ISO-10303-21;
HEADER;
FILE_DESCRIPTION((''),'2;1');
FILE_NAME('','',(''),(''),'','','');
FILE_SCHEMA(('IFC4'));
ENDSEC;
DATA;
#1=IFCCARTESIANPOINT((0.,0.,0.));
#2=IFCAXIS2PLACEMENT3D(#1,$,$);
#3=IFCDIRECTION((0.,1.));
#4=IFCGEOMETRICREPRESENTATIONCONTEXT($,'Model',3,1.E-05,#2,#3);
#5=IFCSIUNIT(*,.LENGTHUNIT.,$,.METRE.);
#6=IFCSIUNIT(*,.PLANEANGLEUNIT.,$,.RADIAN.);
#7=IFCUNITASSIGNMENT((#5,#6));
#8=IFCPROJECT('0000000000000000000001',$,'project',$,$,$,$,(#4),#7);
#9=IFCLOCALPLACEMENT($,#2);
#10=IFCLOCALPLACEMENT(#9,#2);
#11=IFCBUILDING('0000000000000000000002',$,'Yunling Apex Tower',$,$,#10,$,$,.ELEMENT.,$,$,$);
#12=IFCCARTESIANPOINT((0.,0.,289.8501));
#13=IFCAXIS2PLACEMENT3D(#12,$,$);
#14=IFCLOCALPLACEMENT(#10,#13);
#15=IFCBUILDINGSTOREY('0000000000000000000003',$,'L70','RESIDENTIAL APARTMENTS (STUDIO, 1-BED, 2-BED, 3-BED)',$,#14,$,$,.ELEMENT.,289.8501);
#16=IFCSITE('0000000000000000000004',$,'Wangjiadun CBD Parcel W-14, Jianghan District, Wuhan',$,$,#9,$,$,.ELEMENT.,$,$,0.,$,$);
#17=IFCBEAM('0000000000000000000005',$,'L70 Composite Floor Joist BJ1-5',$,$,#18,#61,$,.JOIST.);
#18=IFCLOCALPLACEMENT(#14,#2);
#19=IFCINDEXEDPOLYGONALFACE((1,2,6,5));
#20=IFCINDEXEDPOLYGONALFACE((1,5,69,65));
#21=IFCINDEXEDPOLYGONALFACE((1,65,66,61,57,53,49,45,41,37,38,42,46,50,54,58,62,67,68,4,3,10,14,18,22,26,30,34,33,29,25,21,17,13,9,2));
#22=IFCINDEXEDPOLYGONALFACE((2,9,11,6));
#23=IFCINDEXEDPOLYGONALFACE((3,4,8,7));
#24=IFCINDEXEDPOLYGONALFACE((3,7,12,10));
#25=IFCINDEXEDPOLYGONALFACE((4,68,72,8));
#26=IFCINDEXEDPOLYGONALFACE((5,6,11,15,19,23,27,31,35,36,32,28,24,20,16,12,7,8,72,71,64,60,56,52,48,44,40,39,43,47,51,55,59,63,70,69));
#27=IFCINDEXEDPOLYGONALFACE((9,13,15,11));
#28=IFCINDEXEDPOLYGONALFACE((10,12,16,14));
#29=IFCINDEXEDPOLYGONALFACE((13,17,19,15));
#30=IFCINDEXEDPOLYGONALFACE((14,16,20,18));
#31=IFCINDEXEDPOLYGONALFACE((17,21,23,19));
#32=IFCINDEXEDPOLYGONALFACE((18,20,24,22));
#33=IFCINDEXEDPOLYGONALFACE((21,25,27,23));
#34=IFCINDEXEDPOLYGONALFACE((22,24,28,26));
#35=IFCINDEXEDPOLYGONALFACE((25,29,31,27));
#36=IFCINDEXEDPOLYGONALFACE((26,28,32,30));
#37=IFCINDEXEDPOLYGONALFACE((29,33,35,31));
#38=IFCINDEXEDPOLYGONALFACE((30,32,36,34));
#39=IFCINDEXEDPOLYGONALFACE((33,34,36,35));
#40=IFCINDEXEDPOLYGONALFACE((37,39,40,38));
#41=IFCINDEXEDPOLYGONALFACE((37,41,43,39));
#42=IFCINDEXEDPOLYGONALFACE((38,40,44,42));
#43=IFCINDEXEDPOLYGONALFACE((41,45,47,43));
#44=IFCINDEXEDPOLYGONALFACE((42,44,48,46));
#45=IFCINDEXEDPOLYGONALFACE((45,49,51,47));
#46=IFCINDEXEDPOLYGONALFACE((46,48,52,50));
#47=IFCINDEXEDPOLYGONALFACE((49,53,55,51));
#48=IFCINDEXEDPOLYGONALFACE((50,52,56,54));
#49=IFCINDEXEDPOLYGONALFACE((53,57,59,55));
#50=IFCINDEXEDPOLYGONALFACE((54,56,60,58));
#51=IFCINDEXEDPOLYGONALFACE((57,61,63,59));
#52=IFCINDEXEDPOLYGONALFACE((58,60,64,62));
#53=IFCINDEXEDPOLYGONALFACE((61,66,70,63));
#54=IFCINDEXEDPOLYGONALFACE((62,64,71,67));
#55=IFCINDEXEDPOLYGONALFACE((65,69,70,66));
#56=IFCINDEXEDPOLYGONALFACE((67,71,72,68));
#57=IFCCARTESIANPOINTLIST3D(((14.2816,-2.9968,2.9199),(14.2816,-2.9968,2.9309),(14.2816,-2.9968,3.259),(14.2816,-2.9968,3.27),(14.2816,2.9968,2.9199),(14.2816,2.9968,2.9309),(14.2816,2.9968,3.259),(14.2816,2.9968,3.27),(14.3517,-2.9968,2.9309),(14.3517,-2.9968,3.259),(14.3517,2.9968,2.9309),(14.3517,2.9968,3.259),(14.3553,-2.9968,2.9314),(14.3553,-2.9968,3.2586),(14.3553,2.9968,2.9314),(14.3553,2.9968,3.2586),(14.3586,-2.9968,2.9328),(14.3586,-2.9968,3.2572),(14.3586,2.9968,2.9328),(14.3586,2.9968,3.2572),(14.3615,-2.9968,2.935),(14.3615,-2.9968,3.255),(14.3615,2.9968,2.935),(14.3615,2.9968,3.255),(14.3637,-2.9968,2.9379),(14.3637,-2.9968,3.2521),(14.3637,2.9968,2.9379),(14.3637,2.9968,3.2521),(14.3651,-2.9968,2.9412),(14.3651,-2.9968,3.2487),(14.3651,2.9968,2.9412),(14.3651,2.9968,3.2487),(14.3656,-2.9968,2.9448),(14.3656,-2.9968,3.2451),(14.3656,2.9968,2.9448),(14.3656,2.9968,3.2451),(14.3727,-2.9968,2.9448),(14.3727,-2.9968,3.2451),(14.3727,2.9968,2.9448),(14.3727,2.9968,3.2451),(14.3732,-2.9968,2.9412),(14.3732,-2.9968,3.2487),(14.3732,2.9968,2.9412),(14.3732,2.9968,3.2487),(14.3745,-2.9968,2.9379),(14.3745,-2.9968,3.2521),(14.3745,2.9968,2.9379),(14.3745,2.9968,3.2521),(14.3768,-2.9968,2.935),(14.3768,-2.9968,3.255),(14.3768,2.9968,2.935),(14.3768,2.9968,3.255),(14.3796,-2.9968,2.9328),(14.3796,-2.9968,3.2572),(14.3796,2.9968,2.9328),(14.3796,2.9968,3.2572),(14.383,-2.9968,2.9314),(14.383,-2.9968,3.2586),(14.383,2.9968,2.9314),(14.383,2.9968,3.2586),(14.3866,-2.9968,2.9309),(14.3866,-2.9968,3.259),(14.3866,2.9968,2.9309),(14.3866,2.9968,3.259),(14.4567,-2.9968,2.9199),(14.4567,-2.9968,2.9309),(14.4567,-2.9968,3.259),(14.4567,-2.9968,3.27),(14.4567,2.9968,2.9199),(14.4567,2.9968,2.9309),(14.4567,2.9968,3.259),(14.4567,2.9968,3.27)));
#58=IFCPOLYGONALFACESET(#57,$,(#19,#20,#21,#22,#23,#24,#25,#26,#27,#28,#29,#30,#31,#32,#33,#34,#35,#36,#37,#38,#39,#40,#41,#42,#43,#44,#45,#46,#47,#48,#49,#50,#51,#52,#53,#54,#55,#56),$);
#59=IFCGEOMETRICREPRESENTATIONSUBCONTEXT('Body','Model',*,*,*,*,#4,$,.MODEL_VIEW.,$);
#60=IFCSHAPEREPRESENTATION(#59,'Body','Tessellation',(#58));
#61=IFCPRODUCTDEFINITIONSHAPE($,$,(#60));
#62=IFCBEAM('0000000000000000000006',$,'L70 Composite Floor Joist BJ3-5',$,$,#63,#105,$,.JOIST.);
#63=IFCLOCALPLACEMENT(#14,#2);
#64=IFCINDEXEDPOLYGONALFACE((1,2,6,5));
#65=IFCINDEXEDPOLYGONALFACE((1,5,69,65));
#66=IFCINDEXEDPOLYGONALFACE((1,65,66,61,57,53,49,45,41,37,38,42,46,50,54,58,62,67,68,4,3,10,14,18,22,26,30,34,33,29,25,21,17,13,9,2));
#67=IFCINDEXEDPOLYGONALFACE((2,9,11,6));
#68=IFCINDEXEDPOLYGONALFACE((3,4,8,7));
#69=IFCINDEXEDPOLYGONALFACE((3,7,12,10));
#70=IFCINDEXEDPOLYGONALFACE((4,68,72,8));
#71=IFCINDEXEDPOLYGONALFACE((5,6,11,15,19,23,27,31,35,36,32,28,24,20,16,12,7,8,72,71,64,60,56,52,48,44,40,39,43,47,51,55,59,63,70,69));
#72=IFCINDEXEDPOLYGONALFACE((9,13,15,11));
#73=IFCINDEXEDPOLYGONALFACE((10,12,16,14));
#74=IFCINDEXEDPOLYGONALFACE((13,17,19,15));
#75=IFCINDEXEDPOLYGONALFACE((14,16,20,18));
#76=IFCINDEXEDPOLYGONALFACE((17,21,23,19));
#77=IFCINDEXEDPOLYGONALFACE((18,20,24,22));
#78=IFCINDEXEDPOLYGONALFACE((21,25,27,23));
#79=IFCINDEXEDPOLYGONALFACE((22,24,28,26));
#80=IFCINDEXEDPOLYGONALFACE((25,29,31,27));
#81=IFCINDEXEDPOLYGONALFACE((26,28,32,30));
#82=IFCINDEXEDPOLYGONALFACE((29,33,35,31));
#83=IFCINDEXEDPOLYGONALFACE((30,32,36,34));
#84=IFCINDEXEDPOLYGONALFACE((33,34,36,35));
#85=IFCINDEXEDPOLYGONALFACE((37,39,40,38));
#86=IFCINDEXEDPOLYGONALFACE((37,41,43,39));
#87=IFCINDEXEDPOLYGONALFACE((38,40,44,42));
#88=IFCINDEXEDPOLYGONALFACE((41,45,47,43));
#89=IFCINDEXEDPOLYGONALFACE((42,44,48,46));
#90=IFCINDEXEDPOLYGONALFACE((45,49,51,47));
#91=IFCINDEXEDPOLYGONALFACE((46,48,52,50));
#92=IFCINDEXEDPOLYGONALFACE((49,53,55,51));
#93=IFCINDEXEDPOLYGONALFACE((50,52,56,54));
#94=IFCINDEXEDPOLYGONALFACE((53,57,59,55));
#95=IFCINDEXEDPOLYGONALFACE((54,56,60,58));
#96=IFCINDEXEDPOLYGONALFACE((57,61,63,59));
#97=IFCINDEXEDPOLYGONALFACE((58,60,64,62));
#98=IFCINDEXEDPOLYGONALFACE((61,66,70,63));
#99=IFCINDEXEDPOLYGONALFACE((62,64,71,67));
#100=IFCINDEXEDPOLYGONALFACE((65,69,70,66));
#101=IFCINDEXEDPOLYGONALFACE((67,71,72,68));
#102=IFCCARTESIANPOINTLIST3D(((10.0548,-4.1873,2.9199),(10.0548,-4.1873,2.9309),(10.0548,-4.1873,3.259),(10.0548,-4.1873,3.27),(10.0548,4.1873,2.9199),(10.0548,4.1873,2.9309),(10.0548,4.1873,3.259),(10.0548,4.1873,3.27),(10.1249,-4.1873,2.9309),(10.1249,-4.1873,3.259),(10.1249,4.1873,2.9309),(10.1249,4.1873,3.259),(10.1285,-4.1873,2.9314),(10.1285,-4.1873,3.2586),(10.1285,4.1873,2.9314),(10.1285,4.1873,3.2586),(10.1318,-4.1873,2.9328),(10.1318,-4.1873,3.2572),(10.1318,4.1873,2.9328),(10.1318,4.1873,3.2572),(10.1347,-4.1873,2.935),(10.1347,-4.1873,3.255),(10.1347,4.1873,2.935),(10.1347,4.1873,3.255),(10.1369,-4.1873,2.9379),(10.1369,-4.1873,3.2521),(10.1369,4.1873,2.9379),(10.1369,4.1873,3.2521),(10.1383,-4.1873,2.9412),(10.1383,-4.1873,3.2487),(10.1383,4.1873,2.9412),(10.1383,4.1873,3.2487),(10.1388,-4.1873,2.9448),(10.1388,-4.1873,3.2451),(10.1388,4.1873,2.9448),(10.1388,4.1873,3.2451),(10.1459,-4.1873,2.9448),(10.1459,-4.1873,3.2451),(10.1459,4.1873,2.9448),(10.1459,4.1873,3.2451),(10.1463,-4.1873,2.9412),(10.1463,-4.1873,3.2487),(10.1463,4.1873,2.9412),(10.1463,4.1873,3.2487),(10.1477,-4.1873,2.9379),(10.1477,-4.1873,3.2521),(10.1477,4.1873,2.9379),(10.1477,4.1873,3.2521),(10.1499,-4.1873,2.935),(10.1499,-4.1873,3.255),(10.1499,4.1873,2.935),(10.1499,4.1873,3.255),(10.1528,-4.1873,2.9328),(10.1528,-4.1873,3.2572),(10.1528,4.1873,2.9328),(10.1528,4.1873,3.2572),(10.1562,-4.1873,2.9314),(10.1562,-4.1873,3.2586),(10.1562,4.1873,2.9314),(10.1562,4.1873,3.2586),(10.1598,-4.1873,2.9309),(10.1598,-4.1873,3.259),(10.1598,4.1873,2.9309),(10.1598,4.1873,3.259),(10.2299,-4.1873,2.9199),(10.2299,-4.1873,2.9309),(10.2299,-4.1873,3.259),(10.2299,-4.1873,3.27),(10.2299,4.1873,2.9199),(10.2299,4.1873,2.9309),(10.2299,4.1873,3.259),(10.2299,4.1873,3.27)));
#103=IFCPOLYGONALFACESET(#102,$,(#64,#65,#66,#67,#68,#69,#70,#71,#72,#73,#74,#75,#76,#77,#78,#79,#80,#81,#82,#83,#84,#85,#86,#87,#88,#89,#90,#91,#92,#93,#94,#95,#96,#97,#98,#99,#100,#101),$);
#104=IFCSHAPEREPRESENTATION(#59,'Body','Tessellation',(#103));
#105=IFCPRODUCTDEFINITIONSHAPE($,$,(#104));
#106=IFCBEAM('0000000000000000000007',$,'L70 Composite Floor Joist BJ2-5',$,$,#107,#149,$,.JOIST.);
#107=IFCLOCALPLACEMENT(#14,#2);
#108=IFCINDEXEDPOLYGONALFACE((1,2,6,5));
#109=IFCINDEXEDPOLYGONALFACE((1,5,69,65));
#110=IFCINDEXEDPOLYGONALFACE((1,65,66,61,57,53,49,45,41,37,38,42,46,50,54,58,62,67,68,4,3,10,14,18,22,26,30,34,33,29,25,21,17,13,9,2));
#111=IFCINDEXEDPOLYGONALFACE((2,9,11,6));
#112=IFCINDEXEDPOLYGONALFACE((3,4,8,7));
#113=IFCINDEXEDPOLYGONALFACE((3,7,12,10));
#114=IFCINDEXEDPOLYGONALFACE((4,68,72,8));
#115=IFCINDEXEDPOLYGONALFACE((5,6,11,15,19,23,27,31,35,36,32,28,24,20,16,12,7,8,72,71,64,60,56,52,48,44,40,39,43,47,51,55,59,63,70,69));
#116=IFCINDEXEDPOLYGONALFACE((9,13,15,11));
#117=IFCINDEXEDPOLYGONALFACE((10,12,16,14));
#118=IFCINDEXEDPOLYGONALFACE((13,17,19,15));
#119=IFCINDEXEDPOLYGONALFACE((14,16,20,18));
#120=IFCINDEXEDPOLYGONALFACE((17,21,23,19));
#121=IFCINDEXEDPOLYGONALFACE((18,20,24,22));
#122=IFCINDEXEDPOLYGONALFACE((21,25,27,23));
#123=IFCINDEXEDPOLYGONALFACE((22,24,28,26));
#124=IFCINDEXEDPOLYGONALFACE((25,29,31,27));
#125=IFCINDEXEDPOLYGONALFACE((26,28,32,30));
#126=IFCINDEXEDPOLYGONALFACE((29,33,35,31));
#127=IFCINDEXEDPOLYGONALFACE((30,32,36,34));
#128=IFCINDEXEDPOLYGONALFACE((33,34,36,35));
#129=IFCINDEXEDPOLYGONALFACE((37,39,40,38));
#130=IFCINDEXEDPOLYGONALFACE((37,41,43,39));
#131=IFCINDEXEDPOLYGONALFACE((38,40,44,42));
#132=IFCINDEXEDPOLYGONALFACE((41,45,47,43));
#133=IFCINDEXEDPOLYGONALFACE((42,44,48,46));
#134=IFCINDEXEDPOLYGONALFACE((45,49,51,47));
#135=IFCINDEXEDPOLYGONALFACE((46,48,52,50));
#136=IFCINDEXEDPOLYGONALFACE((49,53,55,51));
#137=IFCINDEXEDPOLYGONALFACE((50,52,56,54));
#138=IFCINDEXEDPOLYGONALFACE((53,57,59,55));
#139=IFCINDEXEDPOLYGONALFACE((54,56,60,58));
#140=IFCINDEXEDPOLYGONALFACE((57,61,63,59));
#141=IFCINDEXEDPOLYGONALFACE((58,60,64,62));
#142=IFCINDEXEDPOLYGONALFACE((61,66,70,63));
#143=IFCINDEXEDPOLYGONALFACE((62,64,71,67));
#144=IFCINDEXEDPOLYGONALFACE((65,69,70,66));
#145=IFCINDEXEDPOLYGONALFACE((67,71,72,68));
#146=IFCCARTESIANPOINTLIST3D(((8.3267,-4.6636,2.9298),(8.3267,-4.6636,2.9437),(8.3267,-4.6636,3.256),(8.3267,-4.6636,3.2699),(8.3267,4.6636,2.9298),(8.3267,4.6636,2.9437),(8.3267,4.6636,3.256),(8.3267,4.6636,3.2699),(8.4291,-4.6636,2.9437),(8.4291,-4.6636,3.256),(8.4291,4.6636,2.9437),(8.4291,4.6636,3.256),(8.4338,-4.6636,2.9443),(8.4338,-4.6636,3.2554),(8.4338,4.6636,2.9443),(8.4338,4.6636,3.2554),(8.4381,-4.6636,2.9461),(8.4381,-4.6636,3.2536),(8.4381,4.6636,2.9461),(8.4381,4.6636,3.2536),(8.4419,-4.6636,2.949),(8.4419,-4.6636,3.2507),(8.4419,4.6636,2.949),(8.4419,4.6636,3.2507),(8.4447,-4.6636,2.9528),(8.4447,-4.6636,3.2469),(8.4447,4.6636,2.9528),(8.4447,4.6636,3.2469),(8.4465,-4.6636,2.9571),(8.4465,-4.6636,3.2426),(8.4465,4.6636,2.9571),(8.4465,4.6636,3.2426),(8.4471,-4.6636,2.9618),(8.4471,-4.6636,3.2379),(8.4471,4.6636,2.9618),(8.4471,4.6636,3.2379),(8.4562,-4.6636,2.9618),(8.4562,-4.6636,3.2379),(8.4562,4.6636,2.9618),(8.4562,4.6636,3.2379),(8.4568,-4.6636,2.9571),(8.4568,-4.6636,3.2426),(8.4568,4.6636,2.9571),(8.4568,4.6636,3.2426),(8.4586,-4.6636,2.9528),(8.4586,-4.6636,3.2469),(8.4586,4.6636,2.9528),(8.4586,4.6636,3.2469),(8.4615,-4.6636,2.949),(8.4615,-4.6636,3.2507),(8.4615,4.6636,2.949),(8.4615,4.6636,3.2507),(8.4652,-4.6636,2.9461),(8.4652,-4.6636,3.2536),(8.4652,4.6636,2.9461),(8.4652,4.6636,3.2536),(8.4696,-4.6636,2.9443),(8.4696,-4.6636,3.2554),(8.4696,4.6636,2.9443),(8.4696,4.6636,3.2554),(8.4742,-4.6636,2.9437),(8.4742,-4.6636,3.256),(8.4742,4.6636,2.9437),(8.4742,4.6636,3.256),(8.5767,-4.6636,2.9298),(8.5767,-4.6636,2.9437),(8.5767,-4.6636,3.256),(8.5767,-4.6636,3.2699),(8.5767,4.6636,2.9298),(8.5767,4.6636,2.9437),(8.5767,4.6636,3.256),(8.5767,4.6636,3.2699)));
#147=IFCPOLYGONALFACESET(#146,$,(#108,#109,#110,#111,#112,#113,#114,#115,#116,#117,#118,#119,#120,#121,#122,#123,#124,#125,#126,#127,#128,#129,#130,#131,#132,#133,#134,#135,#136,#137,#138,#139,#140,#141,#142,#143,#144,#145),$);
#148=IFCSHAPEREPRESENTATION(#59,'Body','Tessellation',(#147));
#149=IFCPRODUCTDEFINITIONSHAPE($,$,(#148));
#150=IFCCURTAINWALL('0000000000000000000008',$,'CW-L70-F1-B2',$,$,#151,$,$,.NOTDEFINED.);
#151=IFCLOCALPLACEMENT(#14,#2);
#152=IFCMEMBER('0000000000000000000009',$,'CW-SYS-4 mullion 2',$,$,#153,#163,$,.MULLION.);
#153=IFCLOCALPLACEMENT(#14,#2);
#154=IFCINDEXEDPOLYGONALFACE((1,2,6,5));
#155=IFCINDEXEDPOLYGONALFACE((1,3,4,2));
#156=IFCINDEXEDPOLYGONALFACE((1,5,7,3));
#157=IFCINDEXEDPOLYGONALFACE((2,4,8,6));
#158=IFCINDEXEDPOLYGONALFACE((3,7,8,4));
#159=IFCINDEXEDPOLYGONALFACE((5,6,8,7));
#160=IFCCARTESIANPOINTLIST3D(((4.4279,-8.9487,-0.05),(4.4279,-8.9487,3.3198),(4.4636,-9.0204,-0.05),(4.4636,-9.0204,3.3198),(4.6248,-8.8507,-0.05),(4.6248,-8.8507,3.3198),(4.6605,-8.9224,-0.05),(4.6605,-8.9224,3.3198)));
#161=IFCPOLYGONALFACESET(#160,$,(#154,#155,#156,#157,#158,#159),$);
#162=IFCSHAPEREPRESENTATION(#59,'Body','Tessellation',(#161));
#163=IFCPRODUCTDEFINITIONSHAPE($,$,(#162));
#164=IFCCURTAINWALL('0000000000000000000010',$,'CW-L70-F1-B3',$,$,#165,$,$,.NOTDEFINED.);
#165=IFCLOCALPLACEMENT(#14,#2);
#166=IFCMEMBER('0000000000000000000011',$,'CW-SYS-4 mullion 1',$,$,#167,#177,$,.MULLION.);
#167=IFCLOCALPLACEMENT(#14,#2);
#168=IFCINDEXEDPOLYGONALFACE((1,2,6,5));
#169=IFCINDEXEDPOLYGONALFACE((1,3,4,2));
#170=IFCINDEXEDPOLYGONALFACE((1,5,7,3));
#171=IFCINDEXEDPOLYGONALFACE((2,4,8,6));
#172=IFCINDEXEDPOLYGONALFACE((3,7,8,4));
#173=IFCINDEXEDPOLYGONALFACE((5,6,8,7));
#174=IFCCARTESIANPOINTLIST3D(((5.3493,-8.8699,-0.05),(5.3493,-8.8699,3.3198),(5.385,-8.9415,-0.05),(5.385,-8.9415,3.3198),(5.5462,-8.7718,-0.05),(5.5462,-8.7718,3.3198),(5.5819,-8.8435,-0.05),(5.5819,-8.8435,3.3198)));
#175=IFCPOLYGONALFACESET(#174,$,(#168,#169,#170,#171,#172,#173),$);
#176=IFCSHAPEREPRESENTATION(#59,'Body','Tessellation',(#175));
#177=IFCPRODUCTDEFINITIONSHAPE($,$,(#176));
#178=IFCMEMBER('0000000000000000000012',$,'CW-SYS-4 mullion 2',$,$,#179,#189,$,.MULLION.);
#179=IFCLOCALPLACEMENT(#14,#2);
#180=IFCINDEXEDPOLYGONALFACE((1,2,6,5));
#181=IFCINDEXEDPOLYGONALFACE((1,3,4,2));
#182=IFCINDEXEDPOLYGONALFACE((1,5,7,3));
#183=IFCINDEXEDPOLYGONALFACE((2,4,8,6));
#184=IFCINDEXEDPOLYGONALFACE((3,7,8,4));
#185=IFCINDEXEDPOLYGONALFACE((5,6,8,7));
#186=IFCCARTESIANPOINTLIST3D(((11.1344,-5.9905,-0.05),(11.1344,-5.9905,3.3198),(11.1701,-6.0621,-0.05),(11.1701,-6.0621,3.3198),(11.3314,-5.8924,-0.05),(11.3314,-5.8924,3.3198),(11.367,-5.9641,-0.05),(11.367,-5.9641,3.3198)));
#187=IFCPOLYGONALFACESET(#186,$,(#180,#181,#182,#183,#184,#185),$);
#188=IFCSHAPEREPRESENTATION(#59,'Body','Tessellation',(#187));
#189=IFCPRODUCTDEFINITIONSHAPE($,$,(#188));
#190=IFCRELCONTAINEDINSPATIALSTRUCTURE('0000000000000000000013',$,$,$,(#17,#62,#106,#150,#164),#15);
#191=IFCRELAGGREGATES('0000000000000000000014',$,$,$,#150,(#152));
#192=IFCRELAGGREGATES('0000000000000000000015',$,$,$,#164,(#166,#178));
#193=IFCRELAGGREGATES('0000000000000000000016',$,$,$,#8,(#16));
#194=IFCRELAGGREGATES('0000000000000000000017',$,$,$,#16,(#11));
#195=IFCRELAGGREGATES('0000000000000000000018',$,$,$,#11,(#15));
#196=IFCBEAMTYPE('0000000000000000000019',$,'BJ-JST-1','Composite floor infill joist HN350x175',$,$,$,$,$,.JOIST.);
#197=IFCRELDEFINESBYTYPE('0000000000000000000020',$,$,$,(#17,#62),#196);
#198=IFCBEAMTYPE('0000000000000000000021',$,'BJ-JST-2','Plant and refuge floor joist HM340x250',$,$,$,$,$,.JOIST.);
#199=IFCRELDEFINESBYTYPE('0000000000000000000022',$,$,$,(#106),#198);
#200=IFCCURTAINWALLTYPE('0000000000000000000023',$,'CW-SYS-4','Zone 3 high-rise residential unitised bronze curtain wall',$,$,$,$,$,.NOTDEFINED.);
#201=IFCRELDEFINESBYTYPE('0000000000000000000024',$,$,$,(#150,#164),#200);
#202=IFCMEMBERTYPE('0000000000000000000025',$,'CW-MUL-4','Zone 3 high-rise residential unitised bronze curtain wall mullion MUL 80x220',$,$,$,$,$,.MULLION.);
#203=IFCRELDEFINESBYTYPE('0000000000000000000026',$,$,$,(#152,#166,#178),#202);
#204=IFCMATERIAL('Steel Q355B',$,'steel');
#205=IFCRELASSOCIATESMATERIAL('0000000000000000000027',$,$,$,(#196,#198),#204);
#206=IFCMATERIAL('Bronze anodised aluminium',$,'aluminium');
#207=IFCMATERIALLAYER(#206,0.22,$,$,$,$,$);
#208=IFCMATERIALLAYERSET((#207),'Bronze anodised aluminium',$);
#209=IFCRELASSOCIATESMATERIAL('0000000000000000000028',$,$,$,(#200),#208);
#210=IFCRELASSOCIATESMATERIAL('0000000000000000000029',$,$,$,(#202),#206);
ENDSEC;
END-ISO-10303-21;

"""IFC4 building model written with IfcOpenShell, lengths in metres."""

from ifc_helpers import new_model, si_unit, direction, frame, origin, origin_2d, place, context, subcontext, project, spatial, rectangle, i_section, extrude, source, transform, mapped, material, layer, layer_set, material_profile, profile_set, type_object, element, aggregate, save


model = new_model("IFC4")

# Units and contexts
model_context = context("Model", 3, precision=1e-05, world=origin(), true_north=direction((0.0, 1.0)))
body_context = subcontext(model_context, "Body", "Model", "MODEL_VIEW")
ifc_project = project(units=[si_unit("LENGTHUNIT", "METRE"), si_unit("PLANEANGLEUNIT", "RADIAN")], contexts=[model_context])

# Site, building, storey
site_placement = place(None, origin())
site = spatial("IfcSite", under=ifc_project, at=site_placement, Name="Wangjiadun CBD Parcel W-14, Jianghan District, Wuhan", CompositionType="ELEMENT", RefElevation=0.0)
building_placement = place(site_placement, origin())
building = spatial("IfcBuilding", under=site, at=building_placement, Name="Yunling Apex Tower", CompositionType="ELEMENT")
storey_placement = place(building_placement, frame((0.0, 0.0, 289.8501)))
storey = spatial("IfcBuildingStorey", under=building, at=storey_placement, Name="L70", Description="RESIDENTIAL APARTMENTS (STUDIO, 1-BED, 2-BED, 3-BED)", CompositionType="ELEMENT", Elevation=289.8501)

# Shared definitions
ifc_material_1 = material(Name="Steel Q355B", Category="steel")

# Beams
ifc_material_profile_1 = material_profile(ifc_material_1, i_section(OverallWidth=0.175, OverallDepth=0.3501, WebThickness=0.0071, FlangeThickness=0.011, FilletRadius=0.0139, at=origin_2d()))
ifc_profile_set_1 = profile_set([ifc_material_profile_1], Name="Steel Q355B")
beam_type_1 = type_object("IfcBeamType", Name="BJ-JST-1", Description="Composite floor infill joist HN350x175", PredefinedType="JOIST", material=ifc_profile_set_1)
shared_shape_1 = source(origin(), body_context, "Body", "SweptSolid", [
    extrude(i_section(OverallWidth=0.175, OverallDepth=0.3501, WebThickness=0.0071, FlangeThickness=0.011, FilletRadius=0.0139, at=origin_2d()), origin(), (0.0, 0.0, 1.0), 5.9937),
])
beam_1_placement = place(storey_placement, frame((14.3691, -2.9968, 3.095), z_axis=(0.0, 1.0, 0.0), x_axis=(-1.0, 0.0, 0.0)))
element("IfcBeam", 1, at=beam_1_placement, inside=storey, type_object=beam_type_1, Name="L70 Composite Floor Joist BJ1-5", PredefinedType="JOIST", context=body_context, shape_type="MappedRepresentation", body=[
    mapped(shared_shape_1, transform((0.0, 0.0, 0.0), scale=1.0)),
])
shared_shape_2 = source(origin(), body_context, "Body", "SweptSolid", [
    extrude(i_section(OverallWidth=0.175, OverallDepth=0.3501, WebThickness=0.0071, FlangeThickness=0.011, FilletRadius=0.0139, at=origin_2d()), origin(), (0.0, 0.0, 1.0), 8.3745),
])
beam_2_placement = place(storey_placement, frame((10.1423, -4.1873, 3.095), z_axis=(0.0, 1.0, 0.0), x_axis=(-1.0, 0.0, 0.0)))
element("IfcBeam", 2, at=beam_2_placement, inside=storey, type_object=beam_type_1, Name="L70 Composite Floor Joist BJ3-5", PredefinedType="JOIST", context=body_context, shape_type="MappedRepresentation", body=[
    mapped(shared_shape_2, transform((0.0, 0.0, 0.0), scale=1.0)),
])
ifc_material_profile_2 = material_profile(ifc_material_1, i_section(OverallWidth=0.25, OverallDepth=0.3401, WebThickness=0.009, FlangeThickness=0.0139, FilletRadius=0.0181, at=origin_2d()))
ifc_profile_set_2 = profile_set([ifc_material_profile_2], Name="Steel Q355B")
beam_type_2 = type_object("IfcBeamType", Name="BJ-JST-2", Description="Plant and refuge floor joist HM340x250", PredefinedType="JOIST", material=ifc_profile_set_2)
shared_shape_3 = source(origin(), body_context, "Body", "SweptSolid", [
    extrude(i_section(OverallWidth=0.25, OverallDepth=0.3401, WebThickness=0.009, FlangeThickness=0.0139, FilletRadius=0.0181, at=origin_2d()), origin(), (0.0, 0.0, 1.0), 9.3271),
])
beam_3_placement = place(storey_placement, frame((8.4517, -4.6636, 3.0999), z_axis=(0.0, 1.0, 0.0), x_axis=(-1.0, 0.0, 0.0)))
element("IfcBeam", 3, at=beam_3_placement, inside=storey, type_object=beam_type_2, Name="L70 Composite Floor Joist BJ2-5", PredefinedType="JOIST", context=body_context, shape_type="MappedRepresentation", body=[
    mapped(shared_shape_3, transform((0.0, 0.0, 0.0), scale=1.0)),
])

# Curtain wall, member
ifc_material_2 = material(Name="Bronze anodised aluminium", Category="aluminium")
ifc_layer_1 = layer(ifc_material_2, 0.22)
ifc_layer_set_1 = layer_set([ifc_layer_1], Name="Bronze anodised aluminium")
curtain_wall_type = type_object("IfcCurtainWallType", Name="CW-SYS-4", Description="Zone 3 high-rise residential unitised bronze curtain wall", PredefinedType="NOTDEFINED", material=ifc_layer_set_1)
curtain_wall_1_placement = place(storey_placement, origin())
curtain_wall_1 = element("IfcCurtainWall", 4, at=curtain_wall_1_placement, inside=storey, type_object=curtain_wall_type, Name="CW-L70-F1-B2", PredefinedType="NOTDEFINED")
ifc_material_profile_3 = material_profile(ifc_material_2, rectangle(XDim=0.0801, YDim=0.22, at=origin_2d()))
ifc_profile_set_3 = profile_set([ifc_material_profile_3], Name="Bronze anodised aluminium")
member_type_1 = type_object("IfcMemberType", Name="CW-MUL-4", Description="Zone 3 high-rise residential unitised bronze curtain wall mullion MUL 80x220", PredefinedType="MULLION", material=ifc_profile_set_3)
shared_shape_4 = source(origin(), body_context, "Body", "SweptSolid", [
    extrude(rectangle(XDim=0.0801, YDim=0.22, at=origin_2d()), origin(), (0.0, 0.0, 1.0), 3.3699),
])
member_1_placement = place(storey_placement, frame((4.5442, -8.9355, -0.05), z_axis=(0.0, 0.0, 1.0), x_axis=(-0.445561, 0.895252, 0.0)))
member_1 = element("IfcMember", 5, at=member_1_placement, type_object=member_type_1, Name="CW-SYS-4 mullion 2", PredefinedType="MULLION", context=body_context, shape_type="MappedRepresentation", body=[
    mapped(shared_shape_4, transform((0.0, 0.0, 0.0), scale=1.0)),
])
aggregate(curtain_wall_1, [member_1])

# Curtain wall, members
curtain_wall_2_placement = place(storey_placement, origin())
curtain_wall_2 = element("IfcCurtainWall", 6, at=curtain_wall_2_placement, inside=storey, type_object=curtain_wall_type, Name="CW-L70-F1-B3", PredefinedType="NOTDEFINED")
member_2_placement = place(storey_placement, frame((5.4656, -8.8567, -0.05), z_axis=(0.0, 0.0, 1.0), x_axis=(-0.44558, 0.895242, 0.0)))
member_2 = element("IfcMember", 7, at=member_2_placement, type_object=member_type_1, Name="CW-SYS-4 mullion 1", PredefinedType="MULLION", context=body_context, shape_type="MappedRepresentation", body=[
    mapped(shared_shape_4, transform((0.0, 0.0, 0.0), scale=1.0)),
])
member_3_placement = place(storey_placement, frame((11.2507, -5.9773, -0.05), z_axis=(0.0, 0.0, 1.0), x_axis=(-0.44558, 0.895242, 0.0)))
member_3 = element("IfcMember", 8, at=member_3_placement, type_object=member_type_1, Name="CW-SYS-4 mullion 2", PredefinedType="MULLION", context=body_context, shape_type="MappedRepresentation", body=[
    mapped(shared_shape_4, transform((0.0, 0.0, 0.0), scale=1.0)),
])

aggregate(curtain_wall_2, [member_2, member_3])

save(model, "model.ifc")
